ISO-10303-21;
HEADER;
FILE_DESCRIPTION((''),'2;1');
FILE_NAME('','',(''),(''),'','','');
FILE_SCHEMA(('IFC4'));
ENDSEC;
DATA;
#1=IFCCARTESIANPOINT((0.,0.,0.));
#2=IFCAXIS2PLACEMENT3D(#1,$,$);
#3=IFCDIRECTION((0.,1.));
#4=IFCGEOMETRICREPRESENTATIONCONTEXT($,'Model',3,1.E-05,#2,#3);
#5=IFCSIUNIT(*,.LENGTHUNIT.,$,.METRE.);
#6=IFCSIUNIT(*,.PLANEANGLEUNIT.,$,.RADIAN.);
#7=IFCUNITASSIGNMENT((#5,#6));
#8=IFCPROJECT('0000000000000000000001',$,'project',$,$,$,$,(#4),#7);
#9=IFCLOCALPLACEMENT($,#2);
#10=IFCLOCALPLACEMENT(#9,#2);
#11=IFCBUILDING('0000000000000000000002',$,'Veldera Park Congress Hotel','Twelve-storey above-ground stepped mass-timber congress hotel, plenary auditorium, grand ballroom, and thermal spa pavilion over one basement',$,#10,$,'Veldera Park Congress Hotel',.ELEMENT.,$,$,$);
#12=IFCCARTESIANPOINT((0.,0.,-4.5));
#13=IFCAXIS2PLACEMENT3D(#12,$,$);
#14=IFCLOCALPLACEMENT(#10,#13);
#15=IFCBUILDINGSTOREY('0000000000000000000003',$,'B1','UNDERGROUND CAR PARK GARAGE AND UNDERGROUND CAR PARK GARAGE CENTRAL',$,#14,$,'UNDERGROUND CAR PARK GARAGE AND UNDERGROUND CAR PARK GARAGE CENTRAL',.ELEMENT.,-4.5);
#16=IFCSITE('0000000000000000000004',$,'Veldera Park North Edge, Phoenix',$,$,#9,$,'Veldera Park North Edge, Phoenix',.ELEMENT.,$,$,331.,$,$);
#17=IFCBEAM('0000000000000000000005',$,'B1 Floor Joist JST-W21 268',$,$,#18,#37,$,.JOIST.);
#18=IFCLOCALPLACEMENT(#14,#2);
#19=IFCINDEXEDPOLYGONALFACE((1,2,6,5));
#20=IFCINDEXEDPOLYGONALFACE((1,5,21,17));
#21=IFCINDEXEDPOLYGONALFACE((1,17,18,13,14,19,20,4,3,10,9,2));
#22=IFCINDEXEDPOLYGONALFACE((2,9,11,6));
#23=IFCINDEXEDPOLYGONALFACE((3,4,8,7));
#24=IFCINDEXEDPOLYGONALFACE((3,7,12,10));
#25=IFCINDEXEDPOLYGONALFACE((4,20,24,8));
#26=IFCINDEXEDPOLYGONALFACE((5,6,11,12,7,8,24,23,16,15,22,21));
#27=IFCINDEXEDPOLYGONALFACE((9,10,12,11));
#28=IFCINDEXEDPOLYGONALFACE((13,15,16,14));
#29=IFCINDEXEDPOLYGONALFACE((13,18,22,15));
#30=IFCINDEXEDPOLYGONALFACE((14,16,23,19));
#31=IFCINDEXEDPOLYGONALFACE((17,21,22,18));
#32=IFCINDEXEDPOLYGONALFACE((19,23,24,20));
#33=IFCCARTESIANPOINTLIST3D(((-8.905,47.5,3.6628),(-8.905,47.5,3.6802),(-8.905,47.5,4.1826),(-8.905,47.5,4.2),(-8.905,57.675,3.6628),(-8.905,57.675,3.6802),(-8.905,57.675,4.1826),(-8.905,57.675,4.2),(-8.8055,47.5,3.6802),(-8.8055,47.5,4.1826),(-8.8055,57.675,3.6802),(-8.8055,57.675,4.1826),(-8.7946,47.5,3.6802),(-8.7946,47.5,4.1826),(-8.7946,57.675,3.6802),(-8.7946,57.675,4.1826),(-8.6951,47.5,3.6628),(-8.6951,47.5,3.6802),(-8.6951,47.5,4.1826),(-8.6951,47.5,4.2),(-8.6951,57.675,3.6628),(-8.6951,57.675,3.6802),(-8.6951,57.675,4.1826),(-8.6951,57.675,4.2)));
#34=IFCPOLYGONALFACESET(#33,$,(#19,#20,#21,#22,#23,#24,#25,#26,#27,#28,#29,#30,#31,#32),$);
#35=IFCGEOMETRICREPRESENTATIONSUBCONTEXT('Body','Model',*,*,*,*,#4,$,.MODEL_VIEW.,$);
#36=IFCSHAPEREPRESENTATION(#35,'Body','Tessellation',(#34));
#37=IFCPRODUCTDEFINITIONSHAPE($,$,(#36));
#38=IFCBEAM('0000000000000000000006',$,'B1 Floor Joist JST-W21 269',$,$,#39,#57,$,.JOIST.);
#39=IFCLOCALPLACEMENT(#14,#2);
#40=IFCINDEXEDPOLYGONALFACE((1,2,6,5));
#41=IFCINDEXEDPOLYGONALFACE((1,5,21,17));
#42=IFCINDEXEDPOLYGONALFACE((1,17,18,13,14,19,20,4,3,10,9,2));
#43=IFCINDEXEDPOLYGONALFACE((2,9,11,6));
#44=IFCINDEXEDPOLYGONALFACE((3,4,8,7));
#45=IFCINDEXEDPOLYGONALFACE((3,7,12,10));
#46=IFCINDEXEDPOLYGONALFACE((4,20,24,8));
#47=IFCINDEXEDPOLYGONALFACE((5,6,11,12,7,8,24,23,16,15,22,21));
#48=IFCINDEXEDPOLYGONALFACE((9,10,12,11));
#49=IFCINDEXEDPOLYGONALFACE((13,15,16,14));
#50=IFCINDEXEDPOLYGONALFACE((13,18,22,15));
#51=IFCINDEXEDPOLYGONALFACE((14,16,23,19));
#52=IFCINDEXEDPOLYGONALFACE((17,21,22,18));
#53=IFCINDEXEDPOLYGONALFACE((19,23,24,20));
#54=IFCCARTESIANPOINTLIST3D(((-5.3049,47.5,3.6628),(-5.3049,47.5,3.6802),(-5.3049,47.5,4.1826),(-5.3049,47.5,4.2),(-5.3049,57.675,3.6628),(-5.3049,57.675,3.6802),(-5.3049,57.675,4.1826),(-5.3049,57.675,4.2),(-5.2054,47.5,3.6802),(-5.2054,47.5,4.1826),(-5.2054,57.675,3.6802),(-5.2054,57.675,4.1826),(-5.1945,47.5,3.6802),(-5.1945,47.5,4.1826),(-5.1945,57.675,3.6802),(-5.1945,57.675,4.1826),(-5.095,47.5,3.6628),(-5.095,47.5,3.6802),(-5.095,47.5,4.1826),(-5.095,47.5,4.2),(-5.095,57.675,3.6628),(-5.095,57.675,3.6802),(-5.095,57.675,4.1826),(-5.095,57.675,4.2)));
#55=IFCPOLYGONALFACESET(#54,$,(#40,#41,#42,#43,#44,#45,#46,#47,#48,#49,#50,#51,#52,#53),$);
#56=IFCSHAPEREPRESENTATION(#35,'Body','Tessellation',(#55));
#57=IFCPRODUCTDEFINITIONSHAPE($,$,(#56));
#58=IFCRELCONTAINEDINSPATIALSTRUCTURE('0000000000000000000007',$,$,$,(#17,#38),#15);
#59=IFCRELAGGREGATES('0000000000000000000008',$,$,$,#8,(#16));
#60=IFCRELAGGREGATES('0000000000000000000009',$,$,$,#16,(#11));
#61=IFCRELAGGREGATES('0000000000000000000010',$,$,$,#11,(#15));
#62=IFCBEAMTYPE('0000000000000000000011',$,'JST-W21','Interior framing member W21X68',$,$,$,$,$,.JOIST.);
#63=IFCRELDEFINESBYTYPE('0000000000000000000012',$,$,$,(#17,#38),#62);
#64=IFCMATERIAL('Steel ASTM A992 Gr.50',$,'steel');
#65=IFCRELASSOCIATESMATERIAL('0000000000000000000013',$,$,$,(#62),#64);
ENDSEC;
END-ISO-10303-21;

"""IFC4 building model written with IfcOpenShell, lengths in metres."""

from ifc_helpers import new_model, si_unit, direction, frame, origin, origin_2d, place, context, subcontext, project, spatial, i_section, extrude, material, material_profile, profile_set, type_object, element, save


model = new_model("IFC4")

# Units and contexts
model_context = context("Model", 3, precision=1e-05, world=origin(), true_north=direction((0.0, 1.0)))
body_context = subcontext(model_context, "Body", "Model", "MODEL_VIEW")
ifc_project = project(units=[si_unit("LENGTHUNIT", "METRE"), si_unit("PLANEANGLEUNIT", "RADIAN")], contexts=[model_context])

# Site, building, storey
site_placement = place(None, origin())
site = spatial("IfcSite", under=ifc_project, at=site_placement, Name="Veldera Park North Edge, Phoenix", LongName="Veldera Park North Edge, Phoenix", CompositionType="ELEMENT", RefElevation=331.0)
building_placement = place(site_placement, origin())
building = spatial("IfcBuilding", under=site, at=building_placement, Name="Veldera Park Congress Hotel", Description="Twelve-storey above-ground stepped mass-timber congress hotel, plenary auditorium, grand ballroom, and thermal spa pavilion over one basement", LongName="Veldera Park Congress Hotel", CompositionType="ELEMENT")
storey_placement = place(building_placement, frame((0.0, 0.0, -4.5)))
storey = spatial("IfcBuildingStorey", under=building, at=storey_placement, Name="B1", Description="UNDERGROUND CAR PARK GARAGE AND UNDERGROUND CAR PARK GARAGE CENTRAL", LongName="UNDERGROUND CAR PARK GARAGE AND UNDERGROUND CAR PARK GARAGE CENTRAL", CompositionType="ELEMENT", Elevation=-4.5)

# Beams
ifc_material_1 = material(Name="Steel ASTM A992 Gr.50", Category="steel")
ifc_material_profile_1 = material_profile(ifc_material_1, i_section(OverallWidth=0.21, OverallDepth=0.5371, WebThickness=0.011, FlangeThickness=0.0173, at=origin_2d()), Name="W21X68")
ifc_profile_set_1 = profile_set([ifc_material_profile_1], Name="Steel ASTM A992 Gr.50")
beam_type_1 = type_object("IfcBeamType", Name="JST-W21", Description="Interior framing member W21X68", PredefinedType="JOIST", material=ifc_profile_set_1)
for number, where, z_axis, x_axis, name in (
    (1, (-8.8, 47.5, 3.9314), (0.0, 1.0, 0.0), (-1.0, 0.0, 0.0), "B1 Floor Joist JST-W21 268"),
    (2, (-5.2, 47.5, 3.9314), (0.0, 1.0, 0.0), (-1.0, 0.0, 0.0), "B1 Floor Joist JST-W21 269"),
):
    element("IfcBeam", number, at=place(storey_placement, frame(where, z_axis=z_axis, x_axis=x_axis)), inside=storey, type_object=beam_type_1, Name=name, PredefinedType="JOIST", context=body_context, shape_type="SweptSolid", body=[
        extrude(i_section(OverallWidth=0.21, OverallDepth=0.5371, WebThickness=0.011, FlangeThickness=0.0173, at=origin_2d()), origin(), (0.0, 0.0, 1.0), 10.175),
    ])

save(model, "model.ifc")
